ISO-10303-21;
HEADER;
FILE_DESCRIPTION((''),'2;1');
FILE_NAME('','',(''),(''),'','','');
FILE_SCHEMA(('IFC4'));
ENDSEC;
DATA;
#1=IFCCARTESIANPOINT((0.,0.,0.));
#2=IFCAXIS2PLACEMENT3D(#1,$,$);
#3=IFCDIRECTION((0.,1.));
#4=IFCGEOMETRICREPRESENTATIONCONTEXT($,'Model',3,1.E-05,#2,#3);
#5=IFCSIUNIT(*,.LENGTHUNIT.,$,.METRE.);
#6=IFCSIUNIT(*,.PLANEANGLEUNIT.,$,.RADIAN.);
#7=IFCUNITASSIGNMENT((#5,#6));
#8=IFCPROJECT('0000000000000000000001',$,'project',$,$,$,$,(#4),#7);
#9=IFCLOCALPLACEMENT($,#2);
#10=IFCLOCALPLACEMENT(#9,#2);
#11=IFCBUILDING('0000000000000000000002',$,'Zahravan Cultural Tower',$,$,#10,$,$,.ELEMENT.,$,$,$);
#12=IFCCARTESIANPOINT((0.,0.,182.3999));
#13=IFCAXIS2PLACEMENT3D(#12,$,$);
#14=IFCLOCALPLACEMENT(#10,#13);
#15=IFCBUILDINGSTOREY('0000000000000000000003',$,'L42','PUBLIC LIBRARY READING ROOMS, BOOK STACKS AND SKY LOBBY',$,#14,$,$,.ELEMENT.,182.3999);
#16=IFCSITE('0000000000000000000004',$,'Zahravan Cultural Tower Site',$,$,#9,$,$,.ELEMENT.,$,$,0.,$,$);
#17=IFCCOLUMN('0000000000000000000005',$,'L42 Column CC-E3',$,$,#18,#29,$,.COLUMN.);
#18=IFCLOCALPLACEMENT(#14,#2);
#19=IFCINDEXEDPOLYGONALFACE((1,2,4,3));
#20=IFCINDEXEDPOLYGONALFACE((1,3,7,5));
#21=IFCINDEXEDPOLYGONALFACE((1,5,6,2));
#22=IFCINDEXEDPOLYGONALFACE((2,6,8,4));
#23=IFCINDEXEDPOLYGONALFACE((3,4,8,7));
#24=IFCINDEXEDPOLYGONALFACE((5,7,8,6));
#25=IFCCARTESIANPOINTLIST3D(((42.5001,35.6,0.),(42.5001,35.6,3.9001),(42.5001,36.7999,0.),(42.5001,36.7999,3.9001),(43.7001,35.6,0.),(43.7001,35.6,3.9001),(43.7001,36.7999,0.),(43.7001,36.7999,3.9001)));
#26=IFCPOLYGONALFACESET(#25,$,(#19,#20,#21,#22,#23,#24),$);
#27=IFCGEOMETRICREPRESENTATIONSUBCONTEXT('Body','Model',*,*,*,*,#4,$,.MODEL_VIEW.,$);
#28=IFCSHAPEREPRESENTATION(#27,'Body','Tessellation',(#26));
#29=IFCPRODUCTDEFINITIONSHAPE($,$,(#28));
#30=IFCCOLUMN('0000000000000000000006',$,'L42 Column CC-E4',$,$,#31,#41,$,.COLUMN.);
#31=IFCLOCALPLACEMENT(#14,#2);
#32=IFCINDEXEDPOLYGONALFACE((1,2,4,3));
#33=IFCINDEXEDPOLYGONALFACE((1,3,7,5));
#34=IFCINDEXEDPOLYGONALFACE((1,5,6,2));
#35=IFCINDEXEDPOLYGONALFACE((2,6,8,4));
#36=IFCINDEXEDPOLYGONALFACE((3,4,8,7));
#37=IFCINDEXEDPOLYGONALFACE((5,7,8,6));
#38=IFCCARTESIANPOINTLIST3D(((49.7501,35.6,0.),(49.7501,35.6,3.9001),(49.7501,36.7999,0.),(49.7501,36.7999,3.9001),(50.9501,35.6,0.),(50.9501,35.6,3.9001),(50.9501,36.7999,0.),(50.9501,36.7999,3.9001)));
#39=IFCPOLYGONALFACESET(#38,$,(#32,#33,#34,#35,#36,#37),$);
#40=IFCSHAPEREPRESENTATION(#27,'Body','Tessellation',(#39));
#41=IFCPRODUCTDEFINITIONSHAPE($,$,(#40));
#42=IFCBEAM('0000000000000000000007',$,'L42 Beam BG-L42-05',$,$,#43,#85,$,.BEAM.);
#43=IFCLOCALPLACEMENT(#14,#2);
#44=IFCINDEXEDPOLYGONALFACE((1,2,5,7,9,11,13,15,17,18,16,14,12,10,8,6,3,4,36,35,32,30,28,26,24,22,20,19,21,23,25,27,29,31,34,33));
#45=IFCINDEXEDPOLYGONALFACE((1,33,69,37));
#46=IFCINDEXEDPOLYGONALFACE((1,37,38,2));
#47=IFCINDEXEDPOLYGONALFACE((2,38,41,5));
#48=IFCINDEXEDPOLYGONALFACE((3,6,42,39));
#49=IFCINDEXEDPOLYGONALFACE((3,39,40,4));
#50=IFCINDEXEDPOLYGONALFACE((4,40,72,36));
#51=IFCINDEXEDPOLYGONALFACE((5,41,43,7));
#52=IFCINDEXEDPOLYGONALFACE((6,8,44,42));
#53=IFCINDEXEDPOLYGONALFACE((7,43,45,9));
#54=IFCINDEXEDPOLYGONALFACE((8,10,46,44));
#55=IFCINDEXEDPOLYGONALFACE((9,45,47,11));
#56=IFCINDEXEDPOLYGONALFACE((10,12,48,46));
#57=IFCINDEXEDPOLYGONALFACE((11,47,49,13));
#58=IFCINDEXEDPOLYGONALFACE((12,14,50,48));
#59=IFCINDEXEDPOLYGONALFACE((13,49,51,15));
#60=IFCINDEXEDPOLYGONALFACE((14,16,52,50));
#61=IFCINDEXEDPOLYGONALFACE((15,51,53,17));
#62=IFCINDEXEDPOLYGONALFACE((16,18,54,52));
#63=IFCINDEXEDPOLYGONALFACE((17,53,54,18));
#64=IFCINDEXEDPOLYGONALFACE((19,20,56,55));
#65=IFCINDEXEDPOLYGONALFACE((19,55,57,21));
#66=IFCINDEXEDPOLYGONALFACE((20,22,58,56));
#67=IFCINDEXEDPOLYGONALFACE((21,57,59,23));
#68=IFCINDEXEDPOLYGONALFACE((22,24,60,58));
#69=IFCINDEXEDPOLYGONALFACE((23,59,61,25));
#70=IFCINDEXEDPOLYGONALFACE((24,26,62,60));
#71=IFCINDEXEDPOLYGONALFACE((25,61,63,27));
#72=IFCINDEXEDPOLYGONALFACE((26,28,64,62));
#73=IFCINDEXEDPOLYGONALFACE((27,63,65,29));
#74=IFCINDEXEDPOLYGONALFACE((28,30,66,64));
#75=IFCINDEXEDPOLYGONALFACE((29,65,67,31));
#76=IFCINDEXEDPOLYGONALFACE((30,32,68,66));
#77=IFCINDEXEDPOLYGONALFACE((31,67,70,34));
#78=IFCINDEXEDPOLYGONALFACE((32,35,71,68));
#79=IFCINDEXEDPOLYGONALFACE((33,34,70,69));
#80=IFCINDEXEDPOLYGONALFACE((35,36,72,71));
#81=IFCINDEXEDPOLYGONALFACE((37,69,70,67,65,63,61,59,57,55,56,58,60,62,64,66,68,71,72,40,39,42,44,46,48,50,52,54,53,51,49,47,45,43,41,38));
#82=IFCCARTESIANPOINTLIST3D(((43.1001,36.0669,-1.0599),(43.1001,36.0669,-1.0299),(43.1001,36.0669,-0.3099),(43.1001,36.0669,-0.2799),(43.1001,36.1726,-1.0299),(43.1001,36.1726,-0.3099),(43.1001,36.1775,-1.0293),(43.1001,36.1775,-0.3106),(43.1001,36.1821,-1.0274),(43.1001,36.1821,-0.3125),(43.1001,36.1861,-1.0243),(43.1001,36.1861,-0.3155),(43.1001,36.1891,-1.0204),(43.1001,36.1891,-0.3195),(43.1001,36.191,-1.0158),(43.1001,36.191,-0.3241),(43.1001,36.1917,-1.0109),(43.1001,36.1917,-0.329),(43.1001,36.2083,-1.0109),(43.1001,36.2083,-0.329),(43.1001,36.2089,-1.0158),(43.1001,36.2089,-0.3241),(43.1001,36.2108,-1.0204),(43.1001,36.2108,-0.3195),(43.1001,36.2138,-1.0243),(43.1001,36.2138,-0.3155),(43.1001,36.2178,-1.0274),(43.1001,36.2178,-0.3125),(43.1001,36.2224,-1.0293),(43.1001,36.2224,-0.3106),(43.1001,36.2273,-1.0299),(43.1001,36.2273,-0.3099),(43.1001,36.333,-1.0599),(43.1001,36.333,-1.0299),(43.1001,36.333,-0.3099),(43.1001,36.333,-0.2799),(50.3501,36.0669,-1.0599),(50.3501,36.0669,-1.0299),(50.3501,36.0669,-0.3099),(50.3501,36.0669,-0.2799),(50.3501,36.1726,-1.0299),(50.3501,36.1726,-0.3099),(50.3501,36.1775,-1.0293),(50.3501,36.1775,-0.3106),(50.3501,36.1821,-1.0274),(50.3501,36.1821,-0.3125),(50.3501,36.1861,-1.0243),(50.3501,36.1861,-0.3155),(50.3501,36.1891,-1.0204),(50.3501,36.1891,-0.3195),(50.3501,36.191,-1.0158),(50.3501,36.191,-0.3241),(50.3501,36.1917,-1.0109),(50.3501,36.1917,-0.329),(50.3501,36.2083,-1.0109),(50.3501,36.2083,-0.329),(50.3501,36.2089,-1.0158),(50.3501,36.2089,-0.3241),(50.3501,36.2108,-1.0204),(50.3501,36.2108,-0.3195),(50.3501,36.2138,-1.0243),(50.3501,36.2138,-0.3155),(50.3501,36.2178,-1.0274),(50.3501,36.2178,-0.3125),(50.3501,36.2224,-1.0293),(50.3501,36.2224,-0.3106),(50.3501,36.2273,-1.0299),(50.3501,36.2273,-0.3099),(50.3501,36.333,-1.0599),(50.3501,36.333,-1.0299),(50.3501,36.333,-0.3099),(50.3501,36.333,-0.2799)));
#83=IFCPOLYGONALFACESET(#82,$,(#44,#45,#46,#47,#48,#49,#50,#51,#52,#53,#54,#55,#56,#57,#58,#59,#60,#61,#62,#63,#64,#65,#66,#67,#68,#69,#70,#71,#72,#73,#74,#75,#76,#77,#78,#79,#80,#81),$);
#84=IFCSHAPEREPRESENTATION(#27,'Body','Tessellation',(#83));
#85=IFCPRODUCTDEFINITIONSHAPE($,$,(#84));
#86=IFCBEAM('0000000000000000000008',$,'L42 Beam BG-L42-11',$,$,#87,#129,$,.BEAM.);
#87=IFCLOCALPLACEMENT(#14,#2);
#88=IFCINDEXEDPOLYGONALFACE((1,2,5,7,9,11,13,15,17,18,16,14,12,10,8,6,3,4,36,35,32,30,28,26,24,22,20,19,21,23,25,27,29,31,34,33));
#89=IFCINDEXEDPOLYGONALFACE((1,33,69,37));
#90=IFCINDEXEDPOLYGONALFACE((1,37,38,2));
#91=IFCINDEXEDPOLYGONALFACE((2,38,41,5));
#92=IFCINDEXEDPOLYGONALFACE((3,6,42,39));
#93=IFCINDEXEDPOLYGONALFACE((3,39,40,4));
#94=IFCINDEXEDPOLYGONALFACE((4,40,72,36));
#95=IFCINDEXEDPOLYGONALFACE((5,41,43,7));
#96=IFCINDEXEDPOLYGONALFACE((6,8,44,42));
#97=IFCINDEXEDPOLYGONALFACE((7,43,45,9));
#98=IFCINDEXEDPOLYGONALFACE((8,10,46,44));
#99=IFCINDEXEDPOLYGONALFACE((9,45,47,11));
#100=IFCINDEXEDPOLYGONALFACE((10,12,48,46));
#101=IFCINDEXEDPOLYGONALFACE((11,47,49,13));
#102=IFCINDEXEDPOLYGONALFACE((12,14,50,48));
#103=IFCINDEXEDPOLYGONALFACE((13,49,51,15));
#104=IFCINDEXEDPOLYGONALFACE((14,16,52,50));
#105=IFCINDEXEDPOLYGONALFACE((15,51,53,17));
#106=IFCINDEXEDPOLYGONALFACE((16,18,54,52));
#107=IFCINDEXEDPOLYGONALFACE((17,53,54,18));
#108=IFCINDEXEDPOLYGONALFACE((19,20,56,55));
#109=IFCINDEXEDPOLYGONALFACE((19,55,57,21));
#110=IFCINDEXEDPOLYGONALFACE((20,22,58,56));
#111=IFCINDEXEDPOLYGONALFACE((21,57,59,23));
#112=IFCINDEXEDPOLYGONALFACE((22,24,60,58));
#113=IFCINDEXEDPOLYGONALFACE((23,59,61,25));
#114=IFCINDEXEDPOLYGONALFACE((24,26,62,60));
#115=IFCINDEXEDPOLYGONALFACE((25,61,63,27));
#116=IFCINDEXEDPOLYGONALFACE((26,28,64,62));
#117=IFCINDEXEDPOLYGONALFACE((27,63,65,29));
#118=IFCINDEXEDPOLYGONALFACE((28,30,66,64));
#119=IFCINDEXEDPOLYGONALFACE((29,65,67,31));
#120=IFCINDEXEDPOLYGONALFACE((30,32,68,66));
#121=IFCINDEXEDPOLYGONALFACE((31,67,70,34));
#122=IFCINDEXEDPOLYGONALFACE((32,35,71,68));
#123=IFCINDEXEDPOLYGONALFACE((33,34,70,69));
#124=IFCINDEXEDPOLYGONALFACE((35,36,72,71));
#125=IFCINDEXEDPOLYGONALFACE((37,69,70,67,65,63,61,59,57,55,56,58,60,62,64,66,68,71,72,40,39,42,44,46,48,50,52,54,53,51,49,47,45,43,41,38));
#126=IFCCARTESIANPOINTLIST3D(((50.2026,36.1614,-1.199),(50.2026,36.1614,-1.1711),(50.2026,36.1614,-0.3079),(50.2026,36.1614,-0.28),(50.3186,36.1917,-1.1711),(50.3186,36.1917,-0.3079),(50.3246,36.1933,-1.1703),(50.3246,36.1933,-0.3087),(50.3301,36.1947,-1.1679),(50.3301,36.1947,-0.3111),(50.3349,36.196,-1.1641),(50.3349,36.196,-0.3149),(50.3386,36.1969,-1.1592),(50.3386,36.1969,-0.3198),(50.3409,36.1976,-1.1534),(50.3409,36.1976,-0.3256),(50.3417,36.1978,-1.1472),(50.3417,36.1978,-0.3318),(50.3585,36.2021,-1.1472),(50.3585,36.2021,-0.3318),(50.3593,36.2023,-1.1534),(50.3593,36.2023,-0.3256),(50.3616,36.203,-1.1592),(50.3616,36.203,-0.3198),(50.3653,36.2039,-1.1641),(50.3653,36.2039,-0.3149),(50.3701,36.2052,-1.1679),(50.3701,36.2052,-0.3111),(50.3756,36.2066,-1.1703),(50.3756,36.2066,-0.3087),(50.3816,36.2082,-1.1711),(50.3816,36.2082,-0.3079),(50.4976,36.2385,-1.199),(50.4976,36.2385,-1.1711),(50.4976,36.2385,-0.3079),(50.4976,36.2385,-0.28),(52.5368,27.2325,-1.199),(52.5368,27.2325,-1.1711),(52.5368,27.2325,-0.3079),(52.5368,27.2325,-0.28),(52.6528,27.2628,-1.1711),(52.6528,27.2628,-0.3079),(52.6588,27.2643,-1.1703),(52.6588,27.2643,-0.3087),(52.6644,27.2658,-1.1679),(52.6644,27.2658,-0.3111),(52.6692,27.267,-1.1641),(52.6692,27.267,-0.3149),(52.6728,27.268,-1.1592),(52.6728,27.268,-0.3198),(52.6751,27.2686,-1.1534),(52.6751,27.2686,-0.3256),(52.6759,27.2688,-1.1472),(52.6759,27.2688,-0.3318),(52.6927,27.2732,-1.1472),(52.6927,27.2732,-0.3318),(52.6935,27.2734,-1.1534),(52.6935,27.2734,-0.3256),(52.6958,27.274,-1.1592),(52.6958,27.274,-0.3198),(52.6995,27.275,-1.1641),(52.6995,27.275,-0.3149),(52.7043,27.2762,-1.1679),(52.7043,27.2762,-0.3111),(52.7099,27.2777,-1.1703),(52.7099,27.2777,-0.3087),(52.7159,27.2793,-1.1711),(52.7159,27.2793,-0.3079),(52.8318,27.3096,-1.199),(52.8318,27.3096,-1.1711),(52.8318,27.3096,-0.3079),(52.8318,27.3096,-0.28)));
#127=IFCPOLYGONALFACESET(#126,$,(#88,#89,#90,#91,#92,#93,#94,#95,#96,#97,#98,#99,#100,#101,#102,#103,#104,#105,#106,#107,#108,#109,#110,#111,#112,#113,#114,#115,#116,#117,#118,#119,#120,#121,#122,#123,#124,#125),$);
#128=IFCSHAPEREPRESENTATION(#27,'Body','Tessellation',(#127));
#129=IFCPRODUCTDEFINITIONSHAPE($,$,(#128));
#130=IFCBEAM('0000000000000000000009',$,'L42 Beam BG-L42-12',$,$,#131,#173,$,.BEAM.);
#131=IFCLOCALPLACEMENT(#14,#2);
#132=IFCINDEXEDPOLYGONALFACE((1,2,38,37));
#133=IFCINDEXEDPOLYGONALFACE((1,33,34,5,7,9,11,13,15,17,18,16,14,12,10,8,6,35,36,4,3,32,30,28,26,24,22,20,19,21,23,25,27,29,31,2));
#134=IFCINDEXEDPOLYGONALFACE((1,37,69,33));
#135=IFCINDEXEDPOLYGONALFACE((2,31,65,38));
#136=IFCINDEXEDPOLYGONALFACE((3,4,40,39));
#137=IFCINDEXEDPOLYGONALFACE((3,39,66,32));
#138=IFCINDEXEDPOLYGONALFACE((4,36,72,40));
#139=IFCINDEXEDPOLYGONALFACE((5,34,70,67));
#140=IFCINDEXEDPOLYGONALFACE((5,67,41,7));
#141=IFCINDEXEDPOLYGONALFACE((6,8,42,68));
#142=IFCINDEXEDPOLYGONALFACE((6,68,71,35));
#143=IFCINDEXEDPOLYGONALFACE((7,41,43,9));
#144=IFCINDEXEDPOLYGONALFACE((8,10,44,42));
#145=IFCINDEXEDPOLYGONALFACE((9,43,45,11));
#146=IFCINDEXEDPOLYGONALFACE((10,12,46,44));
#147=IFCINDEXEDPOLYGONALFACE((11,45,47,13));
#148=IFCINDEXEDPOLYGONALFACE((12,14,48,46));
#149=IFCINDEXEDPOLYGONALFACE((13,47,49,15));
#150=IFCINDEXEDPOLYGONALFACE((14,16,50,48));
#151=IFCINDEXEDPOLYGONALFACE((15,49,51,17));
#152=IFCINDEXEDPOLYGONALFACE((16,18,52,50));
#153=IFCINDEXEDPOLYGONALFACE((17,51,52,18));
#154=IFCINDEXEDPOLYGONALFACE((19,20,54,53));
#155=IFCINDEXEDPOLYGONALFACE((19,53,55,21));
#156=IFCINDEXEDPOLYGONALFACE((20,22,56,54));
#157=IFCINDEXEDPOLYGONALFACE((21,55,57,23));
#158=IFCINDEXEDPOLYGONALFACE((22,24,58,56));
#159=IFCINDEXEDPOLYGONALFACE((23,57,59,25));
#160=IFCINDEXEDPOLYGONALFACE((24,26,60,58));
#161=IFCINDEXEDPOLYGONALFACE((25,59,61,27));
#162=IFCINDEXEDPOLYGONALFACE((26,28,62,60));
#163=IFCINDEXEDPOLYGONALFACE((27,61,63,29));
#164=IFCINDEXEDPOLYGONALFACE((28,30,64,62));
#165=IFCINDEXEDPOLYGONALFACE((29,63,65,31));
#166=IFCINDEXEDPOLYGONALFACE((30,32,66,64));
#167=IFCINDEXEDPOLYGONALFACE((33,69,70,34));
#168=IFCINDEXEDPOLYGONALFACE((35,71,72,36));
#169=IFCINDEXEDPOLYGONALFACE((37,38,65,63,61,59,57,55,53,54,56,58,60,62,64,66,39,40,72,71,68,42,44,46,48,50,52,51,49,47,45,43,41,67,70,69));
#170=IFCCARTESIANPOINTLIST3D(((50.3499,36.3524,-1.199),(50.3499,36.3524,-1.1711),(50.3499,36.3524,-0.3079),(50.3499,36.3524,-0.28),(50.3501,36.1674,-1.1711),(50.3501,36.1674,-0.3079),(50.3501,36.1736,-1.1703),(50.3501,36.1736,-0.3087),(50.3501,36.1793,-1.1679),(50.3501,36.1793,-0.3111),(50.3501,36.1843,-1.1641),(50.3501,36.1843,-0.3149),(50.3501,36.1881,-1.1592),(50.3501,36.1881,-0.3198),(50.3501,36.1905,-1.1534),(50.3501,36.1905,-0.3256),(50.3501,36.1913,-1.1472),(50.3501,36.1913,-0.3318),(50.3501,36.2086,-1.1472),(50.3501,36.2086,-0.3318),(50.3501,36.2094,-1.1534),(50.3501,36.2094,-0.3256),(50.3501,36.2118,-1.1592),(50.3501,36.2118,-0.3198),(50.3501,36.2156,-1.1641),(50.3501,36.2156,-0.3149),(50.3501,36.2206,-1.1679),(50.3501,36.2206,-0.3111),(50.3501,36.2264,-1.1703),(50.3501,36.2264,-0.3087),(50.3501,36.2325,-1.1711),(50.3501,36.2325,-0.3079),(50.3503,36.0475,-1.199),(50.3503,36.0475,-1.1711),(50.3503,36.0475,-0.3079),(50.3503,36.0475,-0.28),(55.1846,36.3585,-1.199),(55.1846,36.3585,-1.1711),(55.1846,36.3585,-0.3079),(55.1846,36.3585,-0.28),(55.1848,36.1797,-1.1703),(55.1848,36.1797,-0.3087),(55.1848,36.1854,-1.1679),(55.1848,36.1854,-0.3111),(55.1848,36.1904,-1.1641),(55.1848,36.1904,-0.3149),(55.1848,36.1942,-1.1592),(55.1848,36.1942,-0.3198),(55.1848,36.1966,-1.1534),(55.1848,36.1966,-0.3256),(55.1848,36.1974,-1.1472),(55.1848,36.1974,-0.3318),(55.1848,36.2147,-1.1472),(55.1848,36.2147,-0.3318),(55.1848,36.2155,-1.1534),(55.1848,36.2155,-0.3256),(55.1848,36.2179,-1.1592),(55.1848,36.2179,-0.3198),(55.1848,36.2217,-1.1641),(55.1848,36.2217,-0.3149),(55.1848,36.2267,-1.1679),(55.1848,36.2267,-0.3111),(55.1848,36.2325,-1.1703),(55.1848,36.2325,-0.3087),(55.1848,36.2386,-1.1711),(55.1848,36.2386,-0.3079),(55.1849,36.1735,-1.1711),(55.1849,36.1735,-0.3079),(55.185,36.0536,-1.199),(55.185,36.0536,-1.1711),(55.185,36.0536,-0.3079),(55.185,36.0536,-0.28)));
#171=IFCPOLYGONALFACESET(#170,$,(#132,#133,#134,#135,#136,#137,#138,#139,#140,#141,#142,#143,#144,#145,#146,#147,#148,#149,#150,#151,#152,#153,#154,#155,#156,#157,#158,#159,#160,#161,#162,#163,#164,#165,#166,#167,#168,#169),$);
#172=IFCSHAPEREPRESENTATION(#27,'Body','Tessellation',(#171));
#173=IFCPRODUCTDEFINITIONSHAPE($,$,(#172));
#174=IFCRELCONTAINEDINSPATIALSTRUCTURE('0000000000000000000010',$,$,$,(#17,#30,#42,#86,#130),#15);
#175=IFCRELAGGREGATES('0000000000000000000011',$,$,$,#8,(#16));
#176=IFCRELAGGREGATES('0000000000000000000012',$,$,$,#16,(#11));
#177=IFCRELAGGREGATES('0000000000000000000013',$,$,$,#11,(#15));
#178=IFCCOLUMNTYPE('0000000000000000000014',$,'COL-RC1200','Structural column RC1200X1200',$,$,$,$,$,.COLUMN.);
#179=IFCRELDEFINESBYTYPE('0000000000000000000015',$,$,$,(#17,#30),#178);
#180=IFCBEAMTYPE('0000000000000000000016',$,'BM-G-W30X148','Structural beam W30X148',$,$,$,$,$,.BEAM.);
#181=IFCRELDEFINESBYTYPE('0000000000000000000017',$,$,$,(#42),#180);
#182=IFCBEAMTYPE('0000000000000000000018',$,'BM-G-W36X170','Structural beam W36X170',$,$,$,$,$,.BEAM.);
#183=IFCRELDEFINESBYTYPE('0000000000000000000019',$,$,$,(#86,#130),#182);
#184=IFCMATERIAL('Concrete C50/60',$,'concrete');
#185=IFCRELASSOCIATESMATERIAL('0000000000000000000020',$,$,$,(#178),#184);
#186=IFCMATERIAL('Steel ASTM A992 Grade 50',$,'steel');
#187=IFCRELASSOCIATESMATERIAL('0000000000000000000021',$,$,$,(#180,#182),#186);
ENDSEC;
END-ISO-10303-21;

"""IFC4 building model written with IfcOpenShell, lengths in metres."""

from ifc_helpers import new_model, si_unit, direction, frame, origin, origin_2d, place, context, subcontext, project, spatial, rectangle, i_section, extrude, source, transform, mapped, material, material_profile, profile_set, type_object, element, save


model = new_model("IFC4")

# Units and contexts
model_context = context("Model", 3, precision=1e-05, world=origin(), true_north=direction((0.0, 1.0)))
body_context = subcontext(model_context, "Body", "Model", "MODEL_VIEW")
ifc_project = project(units=[si_unit("LENGTHUNIT", "METRE"), si_unit("PLANEANGLEUNIT", "RADIAN")], contexts=[model_context])

# Site, building, storey
site_placement = place(None, origin())
site = spatial("IfcSite", under=ifc_project, at=site_placement, Name="Zahravan Cultural Tower Site", CompositionType="ELEMENT", RefElevation=0.0)
building_placement = place(site_placement, origin())
building = spatial("IfcBuilding", under=site, at=building_placement, Name="Zahravan Cultural Tower", CompositionType="ELEMENT")
storey_placement = place(building_placement, frame((0.0, 0.0, 182.3999)))
storey = spatial("IfcBuildingStorey", under=building, at=storey_placement, Name="L42", Description="PUBLIC LIBRARY READING ROOMS, BOOK STACKS AND SKY LOBBY", CompositionType="ELEMENT", Elevation=182.3999)

# Columns
ifc_material_1 = material(Name="Concrete C50/60", Category="concrete")
ifc_material_profile_1 = material_profile(ifc_material_1, rectangle(XDim=1.2, YDim=1.2, at=origin_2d()), Name="RC1200X1200")
ifc_profile_set_1 = profile_set([ifc_material_profile_1], Name="Concrete C50/60")
column_type = type_object("IfcColumnType", Name="COL-RC1200", Description="Structural column RC1200X1200", PredefinedType="COLUMN", material=ifc_profile_set_1)
shared_shape_1 = source(origin(), body_context, "Body", "SweptSolid", [
    extrude(rectangle(XDim=1.2, YDim=1.2, at=origin_2d()), origin(), (0.0, 0.0, 1.0), 3.9001),
])
for number, where, z_axis, x_axis, name in (
    (1, (43.1001, 36.2, 0.0), (0.0, 0.0, 1.0), (1.0, 0.0, 0.0), "L42 Column CC-E3"),
    (2, (50.3501, 36.2, 0.0), (0.0, 0.0, 1.0), (1.0, 0.0, 0.0), "L42 Column CC-E4"),
):
    element("IfcColumn", number, at=place(storey_placement, frame(where, z_axis=z_axis, x_axis=x_axis)), inside=storey, type_object=column_type, Name=name, PredefinedType="COLUMN", context=body_context, shape_type="MappedRepresentation", body=[
        mapped(shared_shape_1, transform((0.0, 0.0, 0.0), x_axis=(1.0, 0.0, 0.0), y_axis=(0.0, 1.0, 0.0), z_axis=(0.0, 0.0, 1.0), scale=1.0)),
    ])

# Beams
ifc_material_2 = material(Name="Steel ASTM A992 Grade 50", Category="steel")
ifc_material_profile_2 = material_profile(ifc_material_2, i_section(OverallWidth=0.2661, OverallDepth=0.78, WebThickness=0.0166, FlangeThickness=0.03, FilletRadius=0.019, at=origin_2d()), Name="W30X148")
ifc_profile_set_2 = profile_set([ifc_material_profile_2], Name="Steel ASTM A992 Grade 50")
beam_type_1 = type_object("IfcBeamType", Name="BM-G-W30X148", Description="Structural beam W30X148", PredefinedType="BEAM", material=ifc_profile_set_2)
shared_shape_2 = source(origin(), body_context, "Body", "SweptSolid", [
    extrude(i_section(OverallWidth=0.2661, OverallDepth=0.78, WebThickness=0.0166, FlangeThickness=0.03, FilletRadius=0.019, at=origin_2d()), origin(), (0.0, 0.0, 1.0), 7.25),
])
beam_1_placement = place(storey_placement, frame((43.1001, 36.2, -0.6699), z_axis=(1.0, 0.0, 0.0), x_axis=(0.0, 1.0, 0.0)))
element("IfcBeam", 3, at=beam_1_placement, inside=storey, type_object=beam_type_1, Name="L42 Beam BG-L42-05", PredefinedType="BEAM", context=body_context, shape_type="MappedRepresentation", body=[
    mapped(shared_shape_2, transform((0.0, 0.0, 0.0), x_axis=(1.0, 0.0, 0.0), y_axis=(0.0, 1.0, 0.0), z_axis=(0.0, 0.0, 1.0), scale=1.0)),
])
ifc_material_profile_3 = material_profile(ifc_material_2, i_section(OverallWidth=0.3049, OverallDepth=0.9189, WebThickness=0.0173, FlangeThickness=0.0278, FilletRadius=0.0239, at=origin_2d()), Name="W36X170")
ifc_profile_set_3 = profile_set([ifc_material_profile_3], Name="Steel ASTM A992 Grade 50")
beam_type_2 = type_object("IfcBeamType", Name="BM-G-W36X170", Description="Structural beam W36X170", PredefinedType="BEAM", material=ifc_profile_set_3)
shared_shape_3 = source(origin(), body_context, "Body", "SweptSolid", [
    extrude(i_section(OverallWidth=0.3049, OverallDepth=0.9189, WebThickness=0.0173, FlangeThickness=0.0278, FilletRadius=0.0239, at=origin_2d()), origin(), (0.0, 0.0, 1.0), 9.229),
])
beam_2_placement = place(storey_placement, frame((50.3501, 36.2, -0.7395), z_axis=(0.252923, -0.967487, 0.0), x_axis=(0.967487, 0.252923, 0.0)))
element("IfcBeam", 4, at=beam_2_placement, inside=storey, type_object=beam_type_2, Name="L42 Beam BG-L42-11", PredefinedType="BEAM", context=body_context, shape_type="MappedRepresentation", body=[
    mapped(shared_shape_3, transform((0.0, 0.0, 0.0), x_axis=(1.0, 0.0, 0.0), y_axis=(0.0, 1.0, 0.0), z_axis=(0.0, 0.0, 1.0), scale=1.0)),
])
shared_shape_4 = source(origin(), body_context, "Body", "SweptSolid", [
    extrude(i_section(OverallWidth=0.3049, OverallDepth=0.9189, WebThickness=0.0173, FlangeThickness=0.0278, FilletRadius=0.0239, at=origin_2d()), origin(), (0.0, 0.0, 1.0), 4.8347),
])
beam_3_placement = place(storey_placement, frame((50.3501, 36.2, -0.7395), z_axis=(0.999999, 0.001262, 0.0), x_axis=(-0.001262, 0.999999, 0.0)))
element("IfcBeam", 5, at=beam_3_placement, inside=storey, type_object=beam_type_2, Name="L42 Beam BG-L42-12", PredefinedType="BEAM", context=body_context, shape_type="MappedRepresentation", body=[
    mapped(shared_shape_4, transform((0.0, 0.0, 0.0), x_axis=(1.0, 0.0, 0.0), y_axis=(0.0, 1.0, 0.0), z_axis=(0.0, 0.0, 1.0), scale=1.0)),
])

save(model, "model.ifc")
